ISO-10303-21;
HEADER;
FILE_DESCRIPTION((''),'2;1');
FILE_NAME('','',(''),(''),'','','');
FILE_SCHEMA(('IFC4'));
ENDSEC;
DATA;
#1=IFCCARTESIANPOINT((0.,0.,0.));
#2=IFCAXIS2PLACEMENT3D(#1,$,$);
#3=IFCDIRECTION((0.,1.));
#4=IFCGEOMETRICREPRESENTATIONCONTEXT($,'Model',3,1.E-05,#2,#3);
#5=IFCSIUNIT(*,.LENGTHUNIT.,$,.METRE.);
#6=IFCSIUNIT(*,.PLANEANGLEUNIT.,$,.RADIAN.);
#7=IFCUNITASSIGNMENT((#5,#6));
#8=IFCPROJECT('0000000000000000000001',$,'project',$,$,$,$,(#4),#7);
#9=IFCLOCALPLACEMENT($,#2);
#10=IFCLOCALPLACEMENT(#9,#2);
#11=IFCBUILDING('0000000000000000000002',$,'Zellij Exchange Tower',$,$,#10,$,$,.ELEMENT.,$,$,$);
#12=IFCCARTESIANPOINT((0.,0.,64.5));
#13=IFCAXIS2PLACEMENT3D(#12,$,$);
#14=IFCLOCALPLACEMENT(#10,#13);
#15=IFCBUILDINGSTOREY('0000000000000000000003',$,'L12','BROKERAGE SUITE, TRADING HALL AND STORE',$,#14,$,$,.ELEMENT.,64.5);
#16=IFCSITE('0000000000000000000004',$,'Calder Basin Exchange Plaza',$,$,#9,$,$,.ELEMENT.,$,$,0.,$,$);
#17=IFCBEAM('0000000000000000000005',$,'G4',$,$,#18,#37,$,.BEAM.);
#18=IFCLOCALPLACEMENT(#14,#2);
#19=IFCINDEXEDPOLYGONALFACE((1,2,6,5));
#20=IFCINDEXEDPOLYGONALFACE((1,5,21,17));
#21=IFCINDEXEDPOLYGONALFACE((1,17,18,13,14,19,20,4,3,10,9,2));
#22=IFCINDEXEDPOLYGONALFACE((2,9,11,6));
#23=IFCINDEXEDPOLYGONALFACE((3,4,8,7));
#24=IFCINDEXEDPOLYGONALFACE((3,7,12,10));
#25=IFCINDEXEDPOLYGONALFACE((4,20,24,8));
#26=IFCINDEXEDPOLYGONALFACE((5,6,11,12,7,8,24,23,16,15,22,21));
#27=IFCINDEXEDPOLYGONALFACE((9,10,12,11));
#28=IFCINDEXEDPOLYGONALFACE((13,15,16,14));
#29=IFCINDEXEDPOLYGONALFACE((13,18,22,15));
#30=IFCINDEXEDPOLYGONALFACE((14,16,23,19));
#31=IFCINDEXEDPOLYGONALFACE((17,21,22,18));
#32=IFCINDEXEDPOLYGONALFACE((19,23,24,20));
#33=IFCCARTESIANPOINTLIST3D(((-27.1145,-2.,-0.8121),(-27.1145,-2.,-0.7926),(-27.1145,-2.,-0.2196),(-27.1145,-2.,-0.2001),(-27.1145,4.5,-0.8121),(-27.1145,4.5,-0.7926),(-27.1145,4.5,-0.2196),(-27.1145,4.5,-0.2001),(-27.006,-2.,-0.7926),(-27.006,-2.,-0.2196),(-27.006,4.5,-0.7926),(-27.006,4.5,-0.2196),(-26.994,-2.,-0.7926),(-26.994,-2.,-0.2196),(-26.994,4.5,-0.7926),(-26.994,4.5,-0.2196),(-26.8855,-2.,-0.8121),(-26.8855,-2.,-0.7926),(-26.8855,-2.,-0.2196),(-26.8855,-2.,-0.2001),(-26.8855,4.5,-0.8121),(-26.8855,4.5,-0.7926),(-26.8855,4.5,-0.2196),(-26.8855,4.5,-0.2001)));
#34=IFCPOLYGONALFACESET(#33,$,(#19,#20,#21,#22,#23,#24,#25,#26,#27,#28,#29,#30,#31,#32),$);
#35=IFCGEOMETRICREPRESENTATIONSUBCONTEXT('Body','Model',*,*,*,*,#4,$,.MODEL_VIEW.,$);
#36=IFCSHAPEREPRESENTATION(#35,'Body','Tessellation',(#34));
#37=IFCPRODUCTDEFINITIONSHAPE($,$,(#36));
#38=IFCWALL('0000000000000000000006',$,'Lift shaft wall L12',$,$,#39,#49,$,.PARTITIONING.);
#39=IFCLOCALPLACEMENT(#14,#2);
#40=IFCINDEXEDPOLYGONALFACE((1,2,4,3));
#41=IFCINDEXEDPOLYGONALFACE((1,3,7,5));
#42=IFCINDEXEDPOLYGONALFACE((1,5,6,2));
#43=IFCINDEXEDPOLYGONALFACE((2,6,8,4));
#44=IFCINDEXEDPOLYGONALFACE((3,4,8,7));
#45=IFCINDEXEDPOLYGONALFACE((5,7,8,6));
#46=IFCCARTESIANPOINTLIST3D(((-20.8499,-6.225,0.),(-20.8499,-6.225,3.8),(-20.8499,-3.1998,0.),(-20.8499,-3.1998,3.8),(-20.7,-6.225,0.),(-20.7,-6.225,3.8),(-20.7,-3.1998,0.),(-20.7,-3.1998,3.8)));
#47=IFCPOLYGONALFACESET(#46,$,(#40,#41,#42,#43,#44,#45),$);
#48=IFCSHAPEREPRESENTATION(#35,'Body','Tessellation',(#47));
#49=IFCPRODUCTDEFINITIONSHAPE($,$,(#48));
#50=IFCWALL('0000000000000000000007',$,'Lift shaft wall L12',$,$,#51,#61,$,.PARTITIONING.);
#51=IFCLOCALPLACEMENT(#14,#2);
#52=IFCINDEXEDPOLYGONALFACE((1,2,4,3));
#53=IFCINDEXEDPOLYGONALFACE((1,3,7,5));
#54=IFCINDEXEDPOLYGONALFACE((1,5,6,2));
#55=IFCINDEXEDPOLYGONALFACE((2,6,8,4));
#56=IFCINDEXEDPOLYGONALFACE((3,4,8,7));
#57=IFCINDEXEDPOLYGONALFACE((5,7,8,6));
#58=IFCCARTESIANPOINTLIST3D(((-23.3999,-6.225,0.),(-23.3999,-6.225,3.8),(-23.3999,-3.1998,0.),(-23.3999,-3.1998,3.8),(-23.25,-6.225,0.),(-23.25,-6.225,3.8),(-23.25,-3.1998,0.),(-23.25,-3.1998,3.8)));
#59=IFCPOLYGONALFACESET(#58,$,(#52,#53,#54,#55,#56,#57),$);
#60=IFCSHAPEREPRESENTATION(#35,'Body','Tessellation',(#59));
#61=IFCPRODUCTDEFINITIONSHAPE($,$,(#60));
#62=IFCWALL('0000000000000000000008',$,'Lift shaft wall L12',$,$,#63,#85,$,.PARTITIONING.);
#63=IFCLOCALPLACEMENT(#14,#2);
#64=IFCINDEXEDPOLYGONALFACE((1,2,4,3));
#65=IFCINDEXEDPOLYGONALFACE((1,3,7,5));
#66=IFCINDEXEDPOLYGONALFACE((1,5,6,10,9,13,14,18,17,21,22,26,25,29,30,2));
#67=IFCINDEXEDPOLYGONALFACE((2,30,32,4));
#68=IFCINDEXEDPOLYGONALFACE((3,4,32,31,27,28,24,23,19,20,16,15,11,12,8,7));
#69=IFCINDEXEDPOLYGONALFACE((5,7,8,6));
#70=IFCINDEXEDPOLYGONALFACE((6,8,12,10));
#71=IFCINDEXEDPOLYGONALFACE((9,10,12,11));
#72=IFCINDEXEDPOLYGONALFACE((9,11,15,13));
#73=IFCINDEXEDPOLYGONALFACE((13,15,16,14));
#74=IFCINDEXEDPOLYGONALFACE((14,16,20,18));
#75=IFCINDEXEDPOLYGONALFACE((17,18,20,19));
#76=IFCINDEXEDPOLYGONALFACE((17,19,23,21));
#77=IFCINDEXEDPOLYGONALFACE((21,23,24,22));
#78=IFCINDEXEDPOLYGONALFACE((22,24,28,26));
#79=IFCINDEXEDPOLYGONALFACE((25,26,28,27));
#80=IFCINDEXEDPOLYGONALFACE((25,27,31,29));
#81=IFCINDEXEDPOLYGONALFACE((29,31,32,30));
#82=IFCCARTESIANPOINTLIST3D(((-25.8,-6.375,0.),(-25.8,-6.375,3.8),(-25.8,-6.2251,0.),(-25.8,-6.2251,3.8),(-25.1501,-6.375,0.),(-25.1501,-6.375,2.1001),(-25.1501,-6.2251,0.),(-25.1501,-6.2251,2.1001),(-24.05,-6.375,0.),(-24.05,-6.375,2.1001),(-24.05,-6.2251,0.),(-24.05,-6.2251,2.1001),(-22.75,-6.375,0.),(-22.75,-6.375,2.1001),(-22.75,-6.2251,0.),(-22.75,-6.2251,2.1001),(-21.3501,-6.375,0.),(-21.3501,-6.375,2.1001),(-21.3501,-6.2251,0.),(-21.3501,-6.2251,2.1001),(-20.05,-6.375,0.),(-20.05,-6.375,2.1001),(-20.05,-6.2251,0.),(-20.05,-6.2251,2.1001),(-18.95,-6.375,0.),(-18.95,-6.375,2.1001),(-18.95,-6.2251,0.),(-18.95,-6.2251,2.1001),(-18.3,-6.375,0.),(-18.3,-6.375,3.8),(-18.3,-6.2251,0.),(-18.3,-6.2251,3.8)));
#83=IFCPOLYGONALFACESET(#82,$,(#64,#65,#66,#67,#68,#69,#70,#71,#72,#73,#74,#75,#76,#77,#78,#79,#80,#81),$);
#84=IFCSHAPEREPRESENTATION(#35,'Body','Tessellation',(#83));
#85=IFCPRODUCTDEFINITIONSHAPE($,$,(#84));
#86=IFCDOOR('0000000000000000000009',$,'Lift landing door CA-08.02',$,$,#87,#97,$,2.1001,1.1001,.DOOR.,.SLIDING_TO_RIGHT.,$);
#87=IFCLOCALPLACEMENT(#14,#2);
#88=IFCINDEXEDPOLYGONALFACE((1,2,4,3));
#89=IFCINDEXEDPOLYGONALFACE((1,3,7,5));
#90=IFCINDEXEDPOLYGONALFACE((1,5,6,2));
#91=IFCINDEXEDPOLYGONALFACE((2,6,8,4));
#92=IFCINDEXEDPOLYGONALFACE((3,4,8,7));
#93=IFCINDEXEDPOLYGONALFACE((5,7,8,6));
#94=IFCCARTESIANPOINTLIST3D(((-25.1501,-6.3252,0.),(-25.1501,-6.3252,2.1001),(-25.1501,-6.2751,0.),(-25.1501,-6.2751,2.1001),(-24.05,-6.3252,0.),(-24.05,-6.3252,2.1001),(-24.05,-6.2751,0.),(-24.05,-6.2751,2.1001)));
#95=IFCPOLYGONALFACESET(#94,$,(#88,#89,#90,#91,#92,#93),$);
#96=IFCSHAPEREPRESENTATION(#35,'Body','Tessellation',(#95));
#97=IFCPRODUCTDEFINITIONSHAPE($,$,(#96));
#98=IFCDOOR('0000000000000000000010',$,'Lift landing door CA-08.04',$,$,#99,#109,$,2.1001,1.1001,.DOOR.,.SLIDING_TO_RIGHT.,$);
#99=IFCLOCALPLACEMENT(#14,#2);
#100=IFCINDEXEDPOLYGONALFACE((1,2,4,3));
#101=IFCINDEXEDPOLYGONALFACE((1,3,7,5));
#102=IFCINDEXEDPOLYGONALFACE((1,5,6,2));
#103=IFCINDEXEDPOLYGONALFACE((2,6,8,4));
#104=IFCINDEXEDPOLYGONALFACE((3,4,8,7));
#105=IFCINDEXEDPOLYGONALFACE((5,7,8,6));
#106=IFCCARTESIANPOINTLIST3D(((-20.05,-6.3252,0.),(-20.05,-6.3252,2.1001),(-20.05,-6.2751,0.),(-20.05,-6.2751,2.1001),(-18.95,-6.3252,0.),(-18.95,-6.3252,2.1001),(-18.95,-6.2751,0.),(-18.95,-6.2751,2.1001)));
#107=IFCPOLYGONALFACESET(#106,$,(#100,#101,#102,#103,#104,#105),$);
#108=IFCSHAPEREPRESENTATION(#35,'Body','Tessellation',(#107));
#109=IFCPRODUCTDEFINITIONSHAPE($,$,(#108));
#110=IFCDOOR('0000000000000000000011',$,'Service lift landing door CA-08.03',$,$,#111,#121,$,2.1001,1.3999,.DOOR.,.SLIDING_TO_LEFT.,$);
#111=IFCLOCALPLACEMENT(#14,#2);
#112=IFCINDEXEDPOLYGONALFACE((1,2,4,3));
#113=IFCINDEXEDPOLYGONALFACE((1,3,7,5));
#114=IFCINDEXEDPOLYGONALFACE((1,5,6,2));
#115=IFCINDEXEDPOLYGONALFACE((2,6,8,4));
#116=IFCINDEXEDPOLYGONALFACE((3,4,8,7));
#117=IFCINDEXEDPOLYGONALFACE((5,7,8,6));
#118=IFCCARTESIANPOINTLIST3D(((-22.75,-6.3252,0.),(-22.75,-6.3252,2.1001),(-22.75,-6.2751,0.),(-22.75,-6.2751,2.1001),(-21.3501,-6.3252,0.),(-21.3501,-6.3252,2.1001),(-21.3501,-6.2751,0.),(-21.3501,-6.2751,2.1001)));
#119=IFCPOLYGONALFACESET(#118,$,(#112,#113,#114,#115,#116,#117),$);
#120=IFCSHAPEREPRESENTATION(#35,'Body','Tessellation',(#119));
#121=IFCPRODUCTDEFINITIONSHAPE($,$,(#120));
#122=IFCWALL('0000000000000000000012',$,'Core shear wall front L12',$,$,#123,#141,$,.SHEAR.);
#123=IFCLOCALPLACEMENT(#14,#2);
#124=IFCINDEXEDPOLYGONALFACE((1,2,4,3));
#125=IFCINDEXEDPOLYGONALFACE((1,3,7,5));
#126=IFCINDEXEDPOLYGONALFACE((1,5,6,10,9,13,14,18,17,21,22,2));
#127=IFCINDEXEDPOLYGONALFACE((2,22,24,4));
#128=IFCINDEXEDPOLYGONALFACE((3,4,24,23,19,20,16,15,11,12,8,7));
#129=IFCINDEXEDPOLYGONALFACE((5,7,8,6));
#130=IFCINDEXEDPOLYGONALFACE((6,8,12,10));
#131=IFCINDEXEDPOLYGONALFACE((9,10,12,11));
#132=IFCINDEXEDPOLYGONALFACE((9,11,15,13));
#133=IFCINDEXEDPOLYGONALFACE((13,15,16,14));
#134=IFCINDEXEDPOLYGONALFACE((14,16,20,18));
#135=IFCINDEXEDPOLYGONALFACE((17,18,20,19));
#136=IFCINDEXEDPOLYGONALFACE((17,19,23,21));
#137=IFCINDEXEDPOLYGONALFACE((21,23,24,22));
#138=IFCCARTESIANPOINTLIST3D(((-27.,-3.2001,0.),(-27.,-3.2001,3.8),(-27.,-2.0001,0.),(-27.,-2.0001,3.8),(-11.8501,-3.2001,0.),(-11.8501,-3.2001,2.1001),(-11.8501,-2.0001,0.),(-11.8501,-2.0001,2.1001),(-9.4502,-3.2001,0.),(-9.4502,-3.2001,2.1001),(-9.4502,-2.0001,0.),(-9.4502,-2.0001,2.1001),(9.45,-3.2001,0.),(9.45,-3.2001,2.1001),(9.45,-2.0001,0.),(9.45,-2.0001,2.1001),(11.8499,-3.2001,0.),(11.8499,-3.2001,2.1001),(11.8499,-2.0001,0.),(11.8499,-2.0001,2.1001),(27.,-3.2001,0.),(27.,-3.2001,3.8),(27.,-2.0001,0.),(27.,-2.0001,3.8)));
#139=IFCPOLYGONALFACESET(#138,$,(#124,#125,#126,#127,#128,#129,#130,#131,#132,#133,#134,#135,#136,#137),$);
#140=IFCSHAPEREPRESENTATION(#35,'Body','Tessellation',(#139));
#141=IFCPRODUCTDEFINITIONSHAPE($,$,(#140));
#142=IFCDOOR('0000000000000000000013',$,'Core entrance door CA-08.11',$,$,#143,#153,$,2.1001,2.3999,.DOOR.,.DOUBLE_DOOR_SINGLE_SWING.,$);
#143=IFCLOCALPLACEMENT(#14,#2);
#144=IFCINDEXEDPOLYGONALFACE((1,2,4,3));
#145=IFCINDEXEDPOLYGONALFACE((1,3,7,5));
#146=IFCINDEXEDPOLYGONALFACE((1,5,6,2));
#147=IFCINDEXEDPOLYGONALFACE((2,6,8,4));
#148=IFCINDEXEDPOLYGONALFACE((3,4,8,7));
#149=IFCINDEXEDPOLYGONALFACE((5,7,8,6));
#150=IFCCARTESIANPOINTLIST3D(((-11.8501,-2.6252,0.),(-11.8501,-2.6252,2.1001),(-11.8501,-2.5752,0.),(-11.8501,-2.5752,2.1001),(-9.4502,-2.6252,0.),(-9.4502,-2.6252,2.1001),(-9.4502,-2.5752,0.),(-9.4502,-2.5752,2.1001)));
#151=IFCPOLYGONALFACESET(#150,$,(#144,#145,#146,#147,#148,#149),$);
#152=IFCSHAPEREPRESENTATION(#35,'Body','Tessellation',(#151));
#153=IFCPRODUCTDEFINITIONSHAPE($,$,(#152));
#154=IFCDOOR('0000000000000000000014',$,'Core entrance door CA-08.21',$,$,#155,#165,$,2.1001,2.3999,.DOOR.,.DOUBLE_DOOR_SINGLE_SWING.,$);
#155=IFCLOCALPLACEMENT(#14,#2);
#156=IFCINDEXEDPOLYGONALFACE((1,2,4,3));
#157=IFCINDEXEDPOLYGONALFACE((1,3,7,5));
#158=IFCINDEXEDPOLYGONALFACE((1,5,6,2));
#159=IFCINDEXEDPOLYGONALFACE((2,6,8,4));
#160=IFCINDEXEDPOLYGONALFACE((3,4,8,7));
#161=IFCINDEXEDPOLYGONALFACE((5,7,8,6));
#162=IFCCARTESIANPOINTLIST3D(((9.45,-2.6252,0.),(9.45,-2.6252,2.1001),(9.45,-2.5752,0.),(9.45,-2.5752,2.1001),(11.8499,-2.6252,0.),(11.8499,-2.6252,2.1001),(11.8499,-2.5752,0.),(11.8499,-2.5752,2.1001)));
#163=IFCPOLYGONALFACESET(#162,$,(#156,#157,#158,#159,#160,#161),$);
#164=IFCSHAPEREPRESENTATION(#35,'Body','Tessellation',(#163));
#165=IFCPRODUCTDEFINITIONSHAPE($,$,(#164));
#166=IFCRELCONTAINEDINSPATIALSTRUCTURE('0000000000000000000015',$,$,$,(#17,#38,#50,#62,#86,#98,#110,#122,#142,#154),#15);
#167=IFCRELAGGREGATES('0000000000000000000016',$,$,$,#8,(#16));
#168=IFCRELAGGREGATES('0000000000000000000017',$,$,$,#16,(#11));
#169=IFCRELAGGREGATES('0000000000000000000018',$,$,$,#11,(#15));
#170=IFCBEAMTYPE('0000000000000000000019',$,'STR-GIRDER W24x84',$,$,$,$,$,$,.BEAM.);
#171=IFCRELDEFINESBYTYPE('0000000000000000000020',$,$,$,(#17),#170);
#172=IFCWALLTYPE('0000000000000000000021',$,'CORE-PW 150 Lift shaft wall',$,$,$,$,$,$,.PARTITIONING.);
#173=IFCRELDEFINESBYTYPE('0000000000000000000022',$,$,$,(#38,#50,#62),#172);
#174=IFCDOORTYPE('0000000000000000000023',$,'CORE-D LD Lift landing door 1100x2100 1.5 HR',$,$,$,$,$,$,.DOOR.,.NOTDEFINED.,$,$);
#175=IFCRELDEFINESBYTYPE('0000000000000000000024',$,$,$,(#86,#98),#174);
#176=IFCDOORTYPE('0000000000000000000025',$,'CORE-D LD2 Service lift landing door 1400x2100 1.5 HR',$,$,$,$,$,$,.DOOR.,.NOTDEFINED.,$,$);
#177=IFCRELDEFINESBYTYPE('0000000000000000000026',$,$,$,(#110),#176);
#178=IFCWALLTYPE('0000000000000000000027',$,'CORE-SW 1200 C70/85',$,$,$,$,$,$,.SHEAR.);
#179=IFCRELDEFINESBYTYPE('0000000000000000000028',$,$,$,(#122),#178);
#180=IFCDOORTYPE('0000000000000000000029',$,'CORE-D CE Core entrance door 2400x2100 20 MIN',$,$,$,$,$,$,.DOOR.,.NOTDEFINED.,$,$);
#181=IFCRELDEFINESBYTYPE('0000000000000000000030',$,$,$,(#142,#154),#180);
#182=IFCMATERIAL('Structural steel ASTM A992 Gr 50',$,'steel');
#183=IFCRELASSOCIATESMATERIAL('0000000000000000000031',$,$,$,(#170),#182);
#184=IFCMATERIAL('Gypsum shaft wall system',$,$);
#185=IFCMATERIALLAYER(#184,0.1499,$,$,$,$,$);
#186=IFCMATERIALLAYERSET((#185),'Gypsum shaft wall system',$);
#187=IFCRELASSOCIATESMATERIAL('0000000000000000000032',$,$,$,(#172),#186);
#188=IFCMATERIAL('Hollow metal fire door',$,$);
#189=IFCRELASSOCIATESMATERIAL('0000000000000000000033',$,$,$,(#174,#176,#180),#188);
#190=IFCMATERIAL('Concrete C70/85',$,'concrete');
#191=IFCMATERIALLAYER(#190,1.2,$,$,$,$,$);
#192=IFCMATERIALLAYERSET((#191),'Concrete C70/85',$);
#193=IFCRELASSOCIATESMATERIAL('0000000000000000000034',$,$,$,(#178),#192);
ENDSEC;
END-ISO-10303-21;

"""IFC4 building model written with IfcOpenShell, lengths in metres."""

from ifc_helpers import new_model, si_unit, direction, frame, frame_2d, origin, origin_2d, place, context, subcontext, project, spatial, rectangle, i_section, extrude, material, layer, layer_set, material_profile, profile_set, type_object, element, fill, save


model = new_model("IFC4")

# Units and contexts
model_context = context("Model", 3, precision=1e-05, world=origin(), true_north=direction((0.0, 1.0)))
body_context = subcontext(model_context, "Body", "Model", "MODEL_VIEW")
ifc_project = project(units=[si_unit("LENGTHUNIT", "METRE"), si_unit("PLANEANGLEUNIT", "RADIAN")], contexts=[model_context])

# Site, building, storey
site_placement = place(None, origin())
site = spatial("IfcSite", under=ifc_project, at=site_placement, Name="Calder Basin Exchange Plaza", CompositionType="ELEMENT", RefElevation=0.0)
building_placement = place(site_placement, origin())
building = spatial("IfcBuilding", under=site, at=building_placement, Name="Zellij Exchange Tower", CompositionType="ELEMENT")
storey_placement = place(building_placement, frame((0.0, 0.0, 64.5)))
storey = spatial("IfcBuildingStorey", under=building, at=storey_placement, Name="L12", Description="BROKERAGE SUITE, TRADING HALL AND STORE", CompositionType="ELEMENT", Elevation=64.5)

# Shared definitions
ifc_material_1 = material(Name="Concrete C70/85", Category="concrete")

# Beam
ifc_material_2 = material(Name="Structural steel ASTM A992 Gr 50", Category="steel")
ifc_material_profile_1 = material_profile(ifc_material_2, i_section(OverallWidth=0.229, OverallDepth=0.6121, WebThickness=0.012, FlangeThickness=0.0195, at=origin_2d()), Name="W24x84")
ifc_profile_set_1 = profile_set([ifc_material_profile_1], Name="Structural steel ASTM A992 Gr 50")
beam_type_1 = type_object("IfcBeamType", Name="STR-GIRDER W24x84", PredefinedType="BEAM", material=ifc_profile_set_1)
beam_1_placement = place(storey_placement, frame((-27.0, -2.0, -0.5061), z_axis=(0.0, 1.0, 0.0), x_axis=(-1.0, 0.0, 0.0)))
element("IfcBeam", 1, at=beam_1_placement, inside=storey, type_object=beam_type_1, Name="G4", PredefinedType="BEAM", context=body_context, shape_type="SweptSolid", body=[
    extrude(i_section(OverallWidth=0.229, OverallDepth=0.6121, WebThickness=0.012, FlangeThickness=0.0195, at=origin_2d()), origin(), (0.0, 0.0, 1.0), 6.5),
])

# Walls
ifc_material_3 = material(Name="Gypsum shaft wall system")
ifc_layer_1 = layer(ifc_material_3, 0.1499)
ifc_layer_set_1 = layer_set([ifc_layer_1], Name="Gypsum shaft wall system")
wall_type_1 = type_object("IfcWallType", Name="CORE-PW 150 Lift shaft wall", PredefinedType="PARTITIONING", material=ifc_layer_set_1)
for number, where, z_axis, x_axis, name in (
    (2, (-20.7749, -6.2251, 0.0), (0.0, 0.0, 1.0), (0.0, 1.0, 0.0), "Lift shaft wall L12"),
    (3, (-23.325, -6.2251, 0.0), (0.0, 0.0, 1.0), (0.0, 1.0, 0.0), "Lift shaft wall L12"),
):
    element("IfcWall", number, at=place(storey_placement, frame(where, z_axis=z_axis, x_axis=x_axis)), inside=storey, type_object=wall_type_1, Name=name, PredefinedType="PARTITIONING", context=body_context, shape_type="SweptSolid", body=[
        extrude(rectangle(XDim=3.0251, YDim=0.1499, at=frame_2d((1.5127, 0.0))), origin(), (0.0, 0.0, 1.0), 3.8),
    ])

# Walls, openings, doors
wall_1_placement = place(storey_placement, frame((-25.8, -6.3, 0.0), z_axis=(0.0, 0.0, 1.0), x_axis=(1.0, 0.0, 0.0)))
wall_1 = element("IfcWall", 4, at=wall_1_placement, inside=storey, type_object=wall_type_1, Name="Lift shaft wall L12", PredefinedType="PARTITIONING", context=body_context, shape_type="SweptSolid", body=[
    extrude(rectangle(XDim=7.5, YDim=0.1499, at=frame_2d((3.75, 0.0))), origin(), (0.0, 0.0, 1.0), 3.8),
])
opening_1_placement = place(wall_1_placement, frame((0.6499, 0.0, 0.0)))
opening_1 = element("IfcOpeningElement", 5, at=opening_1_placement, cuts=wall_1, PredefinedType="OPENING", context=body_context, shape_type="SweptSolid", body=[
    extrude(rectangle(XDim=1.1001, YDim=2.1001, at=frame_2d((0.55, 1.05))), frame((0.0, 0.0869, 0.0), z_axis=(0.0, -1.0, 0.0), x_axis=(1.0, 0.0, 0.0)), (0.0, 0.0, 1.0), 0.1738),
])
opening_2_placement = place(wall_1_placement, frame((3.05, 0.0, 0.0)))
opening_2 = element("IfcOpeningElement", 6, at=opening_2_placement, cuts=wall_1, PredefinedType="OPENING", context=body_context, shape_type="SweptSolid", body=[
    extrude(rectangle(XDim=1.3999, YDim=2.1001, at=frame_2d((0.7, 1.05))), frame((0.0, 0.0869, 0.0), z_axis=(0.0, -1.0, 0.0), x_axis=(1.0, 0.0, 0.0)), (0.0, 0.0, 1.0), 0.1738),
])
opening_3_placement = place(wall_1_placement, frame((5.75, 0.0, 0.0)))
opening_3 = element("IfcOpeningElement", 7, at=opening_3_placement, cuts=wall_1, PredefinedType="OPENING", context=body_context, shape_type="SweptSolid", body=[
    extrude(rectangle(XDim=1.1001, YDim=2.1001, at=frame_2d((0.55, 1.05))), frame((0.0, 0.0869, 0.0), z_axis=(0.0, -1.0, 0.0), x_axis=(1.0, 0.0, 0.0)), (0.0, 0.0, 1.0), 0.1738),
])
ifc_material_4 = material(Name="Hollow metal fire door")
door_type_1 = type_object("IfcDoorType", Name="CORE-D LD Lift landing door 1100x2100 1.5 HR", OperationType="NOTDEFINED", PredefinedType="DOOR", material=ifc_material_4)
door_1_placement = place(opening_1_placement, origin())
door_1 = element("IfcDoor", 8, at=door_1_placement, inside=storey, type_object=door_type_1, Name="Lift landing door CA-08.02", OperationType="SLIDING_TO_RIGHT", OverallHeight=2.1001, OverallWidth=1.1001, PredefinedType="DOOR", context=body_context, shape_type="SweptSolid", body=[
    extrude(rectangle(XDim=1.1001, YDim=2.1001, at=frame_2d((0.55, 1.05))), frame((0.0, 0.0249, 0.0), z_axis=(0.0, -1.0, 0.0), x_axis=(1.0, 0.0, 0.0)), (0.0, 0.0, 1.0), 0.05),
])
fill(opening_1, door_1)
door_2_placement = place(opening_3_placement, origin())
door_2 = element("IfcDoor", 9, at=door_2_placement, inside=storey, type_object=door_type_1, Name="Lift landing door CA-08.04", OperationType="SLIDING_TO_RIGHT", OverallHeight=2.1001, OverallWidth=1.1001, PredefinedType="DOOR", context=body_context, shape_type="SweptSolid", body=[
    extrude(rectangle(XDim=1.1001, YDim=2.1001, at=frame_2d((0.55, 1.05))), frame((0.0, 0.0249, 0.0), z_axis=(0.0, -1.0, 0.0), x_axis=(1.0, 0.0, 0.0)), (0.0, 0.0, 1.0), 0.05),
])
fill(opening_3, door_2)
door_type_2 = type_object("IfcDoorType", Name="CORE-D LD2 Service lift landing door 1400x2100 1.5 HR", OperationType="NOTDEFINED", PredefinedType="DOOR", material=ifc_material_4)
door_3_placement = place(opening_2_placement, origin())
door_3 = element("IfcDoor", 10, at=door_3_placement, inside=storey, type_object=door_type_2, Name="Service lift landing door CA-08.03", OperationType="SLIDING_TO_LEFT", OverallHeight=2.1001, OverallWidth=1.3999, PredefinedType="DOOR", context=body_context, shape_type="SweptSolid", body=[
    extrude(rectangle(XDim=1.3999, YDim=2.1001, at=frame_2d((0.7, 1.05))), frame((0.0, 0.0249, 0.0), z_axis=(0.0, -1.0, 0.0), x_axis=(1.0, 0.0, 0.0)), (0.0, 0.0, 1.0), 0.05),
])
fill(opening_2, door_3)
ifc_layer_2 = layer(ifc_material_1, 1.2)
ifc_layer_set_2 = layer_set([ifc_layer_2], Name="Concrete C70/85")
wall_type_2 = type_object("IfcWallType", Name="CORE-SW 1200 C70/85", PredefinedType="SHEAR", material=ifc_layer_set_2)
wall_2_placement = place(storey_placement, frame((-27.0, -2.6001, 0.0), z_axis=(0.0, 0.0, 1.0), x_axis=(1.0, 0.0, 0.0)))
wall_2 = element("IfcWall", 11, at=wall_2_placement, inside=storey, type_object=wall_type_2, Name="Core shear wall front L12", PredefinedType="SHEAR", context=body_context, shape_type="SweptSolid", body=[
    extrude(rectangle(XDim=54.0, YDim=1.2, at=frame_2d((27.0, 0.0))), origin(), (0.0, 0.0, 1.0), 3.8),
])
opening_4_placement = place(wall_2_placement, frame((15.1499, 0.0, 0.0)))
opening_4 = element("IfcOpeningElement", 12, at=opening_4_placement, cuts=wall_2, PredefinedType="OPENING", context=body_context, shape_type="SweptSolid", body=[
    extrude(rectangle(XDim=2.3999, YDim=2.1001, at=frame_2d((1.2, 1.05))), frame((0.0, 0.6118, 0.0), z_axis=(0.0, -1.0, 0.0), x_axis=(1.0, 0.0, 0.0)), (0.0, 0.0, 1.0), 1.2239),
])
opening_5_placement = place(wall_2_placement, frame((36.45, 0.0, 0.0)))
opening_5 = element("IfcOpeningElement", 13, at=opening_5_placement, cuts=wall_2, PredefinedType="OPENING", context=body_context, shape_type="SweptSolid", body=[
    extrude(rectangle(XDim=2.3999, YDim=2.1001, at=frame_2d((1.2, 1.05))), frame((0.0, 0.6118, 0.0), z_axis=(0.0, -1.0, 0.0), x_axis=(1.0, 0.0, 0.0)), (0.0, 0.0, 1.0), 1.2239),
])
door_type_3 = type_object("IfcDoorType", Name="CORE-D CE Core entrance door 2400x2100 20 MIN", OperationType="NOTDEFINED", PredefinedType="DOOR", material=ifc_material_4)
door_4_placement = place(opening_4_placement, origin())
door_4 = element("IfcDoor", 14, at=door_4_placement, inside=storey, type_object=door_type_3, Name="Core entrance door CA-08.11", OperationType="DOUBLE_DOOR_SINGLE_SWING", OverallHeight=2.1001, OverallWidth=2.3999, PredefinedType="DOOR", context=body_context, shape_type="SweptSolid", body=[
    extrude(rectangle(XDim=2.3999, YDim=2.1001, at=frame_2d((1.2, 1.05))), frame((0.0, 0.0249, 0.0), z_axis=(0.0, -1.0, 0.0), x_axis=(1.0, 0.0, 0.0)), (0.0, 0.0, 1.0), 0.05),
])
fill(opening_4, door_4)
door_5_placement = place(opening_5_placement, origin())
door_5 = element("IfcDoor", 15, at=door_5_placement, inside=storey, type_object=door_type_3, Name="Core entrance door CA-08.21", OperationType="DOUBLE_DOOR_SINGLE_SWING", OverallHeight=2.1001, OverallWidth=2.3999, PredefinedType="DOOR", context=body_context, shape_type="SweptSolid", body=[
    extrude(rectangle(XDim=2.3999, YDim=2.1001, at=frame_2d((1.2, 1.05))), frame((0.0, 0.0249, 0.0), z_axis=(0.0, -1.0, 0.0), x_axis=(1.0, 0.0, 0.0)), (0.0, 0.0, 1.0), 0.05),
])
fill(opening_5, door_5)

save(model, "model.ifc")
